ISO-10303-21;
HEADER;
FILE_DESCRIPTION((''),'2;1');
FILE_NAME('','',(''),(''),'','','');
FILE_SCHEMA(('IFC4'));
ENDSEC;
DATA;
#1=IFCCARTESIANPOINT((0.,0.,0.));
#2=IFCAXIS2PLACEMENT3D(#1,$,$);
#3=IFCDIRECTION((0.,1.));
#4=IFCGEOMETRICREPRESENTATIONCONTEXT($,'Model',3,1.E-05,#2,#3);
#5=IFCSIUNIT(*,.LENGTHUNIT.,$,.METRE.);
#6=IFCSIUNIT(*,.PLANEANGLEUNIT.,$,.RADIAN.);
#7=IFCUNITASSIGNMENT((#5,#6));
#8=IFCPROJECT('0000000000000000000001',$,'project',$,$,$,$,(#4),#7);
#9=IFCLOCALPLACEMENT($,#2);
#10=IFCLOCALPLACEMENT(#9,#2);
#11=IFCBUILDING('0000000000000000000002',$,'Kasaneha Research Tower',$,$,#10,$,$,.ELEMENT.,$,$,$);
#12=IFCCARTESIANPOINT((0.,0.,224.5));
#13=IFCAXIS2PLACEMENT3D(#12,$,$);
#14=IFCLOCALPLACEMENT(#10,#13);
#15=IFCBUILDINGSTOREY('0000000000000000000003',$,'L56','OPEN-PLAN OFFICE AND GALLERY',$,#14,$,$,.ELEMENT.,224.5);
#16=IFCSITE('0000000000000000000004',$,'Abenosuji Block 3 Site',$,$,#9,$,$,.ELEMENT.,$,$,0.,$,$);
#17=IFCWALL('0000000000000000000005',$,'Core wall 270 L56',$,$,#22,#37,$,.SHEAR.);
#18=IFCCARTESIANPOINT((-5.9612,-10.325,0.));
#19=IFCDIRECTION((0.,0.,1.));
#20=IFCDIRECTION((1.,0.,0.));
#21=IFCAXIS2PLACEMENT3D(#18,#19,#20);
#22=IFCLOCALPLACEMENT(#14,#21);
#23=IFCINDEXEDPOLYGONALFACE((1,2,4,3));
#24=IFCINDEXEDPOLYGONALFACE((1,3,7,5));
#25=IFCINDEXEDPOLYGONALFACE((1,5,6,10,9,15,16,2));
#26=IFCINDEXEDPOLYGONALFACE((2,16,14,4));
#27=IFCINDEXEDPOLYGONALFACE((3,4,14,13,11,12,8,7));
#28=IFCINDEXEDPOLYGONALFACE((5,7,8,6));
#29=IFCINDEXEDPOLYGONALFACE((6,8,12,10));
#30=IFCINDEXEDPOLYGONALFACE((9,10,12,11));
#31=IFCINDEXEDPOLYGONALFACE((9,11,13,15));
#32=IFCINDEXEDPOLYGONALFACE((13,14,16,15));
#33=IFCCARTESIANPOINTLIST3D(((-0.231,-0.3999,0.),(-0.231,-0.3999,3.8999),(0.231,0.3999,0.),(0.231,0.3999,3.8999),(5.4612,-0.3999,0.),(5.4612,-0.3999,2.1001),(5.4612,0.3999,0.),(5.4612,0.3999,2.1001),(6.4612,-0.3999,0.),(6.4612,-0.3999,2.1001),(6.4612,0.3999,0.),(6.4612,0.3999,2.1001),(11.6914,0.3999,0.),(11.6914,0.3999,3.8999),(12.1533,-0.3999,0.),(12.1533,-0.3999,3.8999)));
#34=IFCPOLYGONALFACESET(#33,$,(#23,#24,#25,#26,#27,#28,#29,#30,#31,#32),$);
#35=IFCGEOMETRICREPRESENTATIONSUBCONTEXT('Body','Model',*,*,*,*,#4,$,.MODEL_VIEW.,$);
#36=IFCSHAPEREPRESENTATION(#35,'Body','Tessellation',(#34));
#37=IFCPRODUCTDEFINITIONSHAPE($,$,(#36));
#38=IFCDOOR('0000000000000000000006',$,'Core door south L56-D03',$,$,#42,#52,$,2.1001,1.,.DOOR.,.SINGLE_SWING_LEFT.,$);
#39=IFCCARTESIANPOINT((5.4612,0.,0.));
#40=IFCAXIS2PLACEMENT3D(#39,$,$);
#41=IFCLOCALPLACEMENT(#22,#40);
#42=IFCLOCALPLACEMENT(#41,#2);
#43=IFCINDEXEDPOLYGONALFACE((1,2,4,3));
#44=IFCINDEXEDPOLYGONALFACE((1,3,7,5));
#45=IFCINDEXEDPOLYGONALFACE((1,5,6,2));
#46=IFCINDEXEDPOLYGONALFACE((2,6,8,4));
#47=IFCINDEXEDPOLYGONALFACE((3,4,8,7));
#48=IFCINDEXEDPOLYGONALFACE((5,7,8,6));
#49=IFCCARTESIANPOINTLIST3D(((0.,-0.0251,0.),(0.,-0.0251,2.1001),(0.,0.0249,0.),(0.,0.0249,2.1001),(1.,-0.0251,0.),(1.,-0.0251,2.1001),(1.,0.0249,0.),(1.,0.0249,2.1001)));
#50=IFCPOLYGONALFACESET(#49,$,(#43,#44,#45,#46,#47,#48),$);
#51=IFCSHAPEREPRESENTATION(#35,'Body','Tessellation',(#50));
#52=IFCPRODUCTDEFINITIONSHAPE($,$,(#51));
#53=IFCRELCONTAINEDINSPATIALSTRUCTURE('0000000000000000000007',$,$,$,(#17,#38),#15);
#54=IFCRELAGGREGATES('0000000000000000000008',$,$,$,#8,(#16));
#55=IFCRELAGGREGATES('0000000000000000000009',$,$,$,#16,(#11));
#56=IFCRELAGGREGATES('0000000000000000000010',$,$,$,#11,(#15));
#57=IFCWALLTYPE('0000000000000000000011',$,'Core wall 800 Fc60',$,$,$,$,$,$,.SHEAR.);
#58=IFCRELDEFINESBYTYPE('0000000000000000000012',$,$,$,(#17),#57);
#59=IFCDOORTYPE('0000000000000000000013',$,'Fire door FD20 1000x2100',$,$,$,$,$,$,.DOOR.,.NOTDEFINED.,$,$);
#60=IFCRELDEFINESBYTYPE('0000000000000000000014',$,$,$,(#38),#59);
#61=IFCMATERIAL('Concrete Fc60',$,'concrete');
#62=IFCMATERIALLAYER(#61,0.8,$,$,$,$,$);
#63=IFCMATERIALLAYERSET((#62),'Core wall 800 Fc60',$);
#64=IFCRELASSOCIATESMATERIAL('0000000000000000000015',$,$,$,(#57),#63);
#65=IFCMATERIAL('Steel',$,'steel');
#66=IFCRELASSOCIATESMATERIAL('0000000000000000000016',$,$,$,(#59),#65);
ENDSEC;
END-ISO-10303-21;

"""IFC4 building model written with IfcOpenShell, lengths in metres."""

from ifc_helpers import new_model, si_unit, direction, frame, frame_2d, origin, place, context, subcontext, project, spatial, polyline, rectangle, outline, extrude, material, layer, layer_set, type_object, element, fill, save


model = new_model("IFC4")

# Units and contexts
model_context = context("Model", 3, precision=1e-05, world=origin(), true_north=direction((0.0, 1.0)))
body_context = subcontext(model_context, "Body", "Model", "MODEL_VIEW")
ifc_project = project(units=[si_unit("LENGTHUNIT", "METRE"), si_unit("PLANEANGLEUNIT", "RADIAN")], contexts=[model_context])

# Site, building, storey
site_placement = place(None, origin())
site = spatial("IfcSite", under=ifc_project, at=site_placement, Name="Abenosuji Block 3 Site", CompositionType="ELEMENT", RefElevation=0.0)
building_placement = place(site_placement, origin())
building = spatial("IfcBuilding", under=site, at=building_placement, Name="Kasaneha Research Tower", CompositionType="ELEMENT")
storey_placement = place(building_placement, frame((0.0, 0.0, 224.5)))
storey = spatial("IfcBuildingStorey", under=building, at=storey_placement, Name="L56", Description="OPEN-PLAN OFFICE AND GALLERY", CompositionType="ELEMENT", Elevation=224.5)

# Wall, opening, door
ifc_material_1 = material(Name="Concrete Fc60", Category="concrete")
ifc_layer_1 = layer(ifc_material_1, 0.8)
ifc_layer_set_1 = layer_set([ifc_layer_1], Name="Core wall 800 Fc60")
wall_type_1 = type_object("IfcWallType", Name="Core wall 800 Fc60", PredefinedType="SHEAR", material=ifc_layer_set_1)
wall_1_placement = place(storey_placement, frame((-5.9612, -10.325, 0.0), z_axis=(0.0, 0.0, 1.0), x_axis=(1.0, 0.0, 0.0)))
wall_1 = element("IfcWall", 1, at=wall_1_placement, inside=storey, type_object=wall_type_1, Name="Core wall 270 L56", PredefinedType="SHEAR", context=body_context, shape_type="SweptSolid", body=[
    extrude(outline(polyline([(-0.231, -0.3999), (5.4612, -0.3999), (6.4612, -0.3999), (12.1533, -0.3999), (11.6914, 0.3999), (6.4612, 0.3999), (5.4612, 0.3999), (0.231, 0.3999), (-0.231, -0.3999)])), origin(), (0.0, 0.0, 1.0), 3.8999),
])
opening_1_placement = place(wall_1_placement, frame((5.4612, 0.0, 0.0)))
opening_1 = element("IfcOpeningElement", 2, at=opening_1_placement, cuts=wall_1, PredefinedType="OPENING", context=body_context, shape_type="SweptSolid", body=[
    extrude(rectangle(XDim=1.0, YDim=2.1001, at=frame_2d((0.5, 1.05))), frame((0.0, 0.4102, 0.0), z_axis=(0.0, -1.0, 0.0), x_axis=(1.0, 0.0, 0.0)), (0.0, 0.0, 1.0), 0.8201),
])
ifc_material_2 = material(Name="Steel", Category="steel")
door_type_1 = type_object("IfcDoorType", Name="Fire door FD20 1000x2100", OperationType="NOTDEFINED", PredefinedType="DOOR", material=ifc_material_2)
door_1_placement = place(opening_1_placement, origin())
door_1 = element("IfcDoor", 3, at=door_1_placement, inside=storey, type_object=door_type_1, Name="Core door south L56-D03", OperationType="SINGLE_SWING_LEFT", OverallHeight=2.1001, OverallWidth=1.0, PredefinedType="DOOR", context=body_context, shape_type="SweptSolid", body=[
    extrude(rectangle(XDim=1.0, YDim=2.1001, at=frame_2d((0.5, 1.05))), frame((0.0, 0.0249, 0.0), z_axis=(0.0, -1.0, 0.0), x_axis=(1.0, 0.0, 0.0)), (0.0, 0.0, 1.0), 0.05),
])
fill(opening_1, door_1)

save(model, "model.ifc")
